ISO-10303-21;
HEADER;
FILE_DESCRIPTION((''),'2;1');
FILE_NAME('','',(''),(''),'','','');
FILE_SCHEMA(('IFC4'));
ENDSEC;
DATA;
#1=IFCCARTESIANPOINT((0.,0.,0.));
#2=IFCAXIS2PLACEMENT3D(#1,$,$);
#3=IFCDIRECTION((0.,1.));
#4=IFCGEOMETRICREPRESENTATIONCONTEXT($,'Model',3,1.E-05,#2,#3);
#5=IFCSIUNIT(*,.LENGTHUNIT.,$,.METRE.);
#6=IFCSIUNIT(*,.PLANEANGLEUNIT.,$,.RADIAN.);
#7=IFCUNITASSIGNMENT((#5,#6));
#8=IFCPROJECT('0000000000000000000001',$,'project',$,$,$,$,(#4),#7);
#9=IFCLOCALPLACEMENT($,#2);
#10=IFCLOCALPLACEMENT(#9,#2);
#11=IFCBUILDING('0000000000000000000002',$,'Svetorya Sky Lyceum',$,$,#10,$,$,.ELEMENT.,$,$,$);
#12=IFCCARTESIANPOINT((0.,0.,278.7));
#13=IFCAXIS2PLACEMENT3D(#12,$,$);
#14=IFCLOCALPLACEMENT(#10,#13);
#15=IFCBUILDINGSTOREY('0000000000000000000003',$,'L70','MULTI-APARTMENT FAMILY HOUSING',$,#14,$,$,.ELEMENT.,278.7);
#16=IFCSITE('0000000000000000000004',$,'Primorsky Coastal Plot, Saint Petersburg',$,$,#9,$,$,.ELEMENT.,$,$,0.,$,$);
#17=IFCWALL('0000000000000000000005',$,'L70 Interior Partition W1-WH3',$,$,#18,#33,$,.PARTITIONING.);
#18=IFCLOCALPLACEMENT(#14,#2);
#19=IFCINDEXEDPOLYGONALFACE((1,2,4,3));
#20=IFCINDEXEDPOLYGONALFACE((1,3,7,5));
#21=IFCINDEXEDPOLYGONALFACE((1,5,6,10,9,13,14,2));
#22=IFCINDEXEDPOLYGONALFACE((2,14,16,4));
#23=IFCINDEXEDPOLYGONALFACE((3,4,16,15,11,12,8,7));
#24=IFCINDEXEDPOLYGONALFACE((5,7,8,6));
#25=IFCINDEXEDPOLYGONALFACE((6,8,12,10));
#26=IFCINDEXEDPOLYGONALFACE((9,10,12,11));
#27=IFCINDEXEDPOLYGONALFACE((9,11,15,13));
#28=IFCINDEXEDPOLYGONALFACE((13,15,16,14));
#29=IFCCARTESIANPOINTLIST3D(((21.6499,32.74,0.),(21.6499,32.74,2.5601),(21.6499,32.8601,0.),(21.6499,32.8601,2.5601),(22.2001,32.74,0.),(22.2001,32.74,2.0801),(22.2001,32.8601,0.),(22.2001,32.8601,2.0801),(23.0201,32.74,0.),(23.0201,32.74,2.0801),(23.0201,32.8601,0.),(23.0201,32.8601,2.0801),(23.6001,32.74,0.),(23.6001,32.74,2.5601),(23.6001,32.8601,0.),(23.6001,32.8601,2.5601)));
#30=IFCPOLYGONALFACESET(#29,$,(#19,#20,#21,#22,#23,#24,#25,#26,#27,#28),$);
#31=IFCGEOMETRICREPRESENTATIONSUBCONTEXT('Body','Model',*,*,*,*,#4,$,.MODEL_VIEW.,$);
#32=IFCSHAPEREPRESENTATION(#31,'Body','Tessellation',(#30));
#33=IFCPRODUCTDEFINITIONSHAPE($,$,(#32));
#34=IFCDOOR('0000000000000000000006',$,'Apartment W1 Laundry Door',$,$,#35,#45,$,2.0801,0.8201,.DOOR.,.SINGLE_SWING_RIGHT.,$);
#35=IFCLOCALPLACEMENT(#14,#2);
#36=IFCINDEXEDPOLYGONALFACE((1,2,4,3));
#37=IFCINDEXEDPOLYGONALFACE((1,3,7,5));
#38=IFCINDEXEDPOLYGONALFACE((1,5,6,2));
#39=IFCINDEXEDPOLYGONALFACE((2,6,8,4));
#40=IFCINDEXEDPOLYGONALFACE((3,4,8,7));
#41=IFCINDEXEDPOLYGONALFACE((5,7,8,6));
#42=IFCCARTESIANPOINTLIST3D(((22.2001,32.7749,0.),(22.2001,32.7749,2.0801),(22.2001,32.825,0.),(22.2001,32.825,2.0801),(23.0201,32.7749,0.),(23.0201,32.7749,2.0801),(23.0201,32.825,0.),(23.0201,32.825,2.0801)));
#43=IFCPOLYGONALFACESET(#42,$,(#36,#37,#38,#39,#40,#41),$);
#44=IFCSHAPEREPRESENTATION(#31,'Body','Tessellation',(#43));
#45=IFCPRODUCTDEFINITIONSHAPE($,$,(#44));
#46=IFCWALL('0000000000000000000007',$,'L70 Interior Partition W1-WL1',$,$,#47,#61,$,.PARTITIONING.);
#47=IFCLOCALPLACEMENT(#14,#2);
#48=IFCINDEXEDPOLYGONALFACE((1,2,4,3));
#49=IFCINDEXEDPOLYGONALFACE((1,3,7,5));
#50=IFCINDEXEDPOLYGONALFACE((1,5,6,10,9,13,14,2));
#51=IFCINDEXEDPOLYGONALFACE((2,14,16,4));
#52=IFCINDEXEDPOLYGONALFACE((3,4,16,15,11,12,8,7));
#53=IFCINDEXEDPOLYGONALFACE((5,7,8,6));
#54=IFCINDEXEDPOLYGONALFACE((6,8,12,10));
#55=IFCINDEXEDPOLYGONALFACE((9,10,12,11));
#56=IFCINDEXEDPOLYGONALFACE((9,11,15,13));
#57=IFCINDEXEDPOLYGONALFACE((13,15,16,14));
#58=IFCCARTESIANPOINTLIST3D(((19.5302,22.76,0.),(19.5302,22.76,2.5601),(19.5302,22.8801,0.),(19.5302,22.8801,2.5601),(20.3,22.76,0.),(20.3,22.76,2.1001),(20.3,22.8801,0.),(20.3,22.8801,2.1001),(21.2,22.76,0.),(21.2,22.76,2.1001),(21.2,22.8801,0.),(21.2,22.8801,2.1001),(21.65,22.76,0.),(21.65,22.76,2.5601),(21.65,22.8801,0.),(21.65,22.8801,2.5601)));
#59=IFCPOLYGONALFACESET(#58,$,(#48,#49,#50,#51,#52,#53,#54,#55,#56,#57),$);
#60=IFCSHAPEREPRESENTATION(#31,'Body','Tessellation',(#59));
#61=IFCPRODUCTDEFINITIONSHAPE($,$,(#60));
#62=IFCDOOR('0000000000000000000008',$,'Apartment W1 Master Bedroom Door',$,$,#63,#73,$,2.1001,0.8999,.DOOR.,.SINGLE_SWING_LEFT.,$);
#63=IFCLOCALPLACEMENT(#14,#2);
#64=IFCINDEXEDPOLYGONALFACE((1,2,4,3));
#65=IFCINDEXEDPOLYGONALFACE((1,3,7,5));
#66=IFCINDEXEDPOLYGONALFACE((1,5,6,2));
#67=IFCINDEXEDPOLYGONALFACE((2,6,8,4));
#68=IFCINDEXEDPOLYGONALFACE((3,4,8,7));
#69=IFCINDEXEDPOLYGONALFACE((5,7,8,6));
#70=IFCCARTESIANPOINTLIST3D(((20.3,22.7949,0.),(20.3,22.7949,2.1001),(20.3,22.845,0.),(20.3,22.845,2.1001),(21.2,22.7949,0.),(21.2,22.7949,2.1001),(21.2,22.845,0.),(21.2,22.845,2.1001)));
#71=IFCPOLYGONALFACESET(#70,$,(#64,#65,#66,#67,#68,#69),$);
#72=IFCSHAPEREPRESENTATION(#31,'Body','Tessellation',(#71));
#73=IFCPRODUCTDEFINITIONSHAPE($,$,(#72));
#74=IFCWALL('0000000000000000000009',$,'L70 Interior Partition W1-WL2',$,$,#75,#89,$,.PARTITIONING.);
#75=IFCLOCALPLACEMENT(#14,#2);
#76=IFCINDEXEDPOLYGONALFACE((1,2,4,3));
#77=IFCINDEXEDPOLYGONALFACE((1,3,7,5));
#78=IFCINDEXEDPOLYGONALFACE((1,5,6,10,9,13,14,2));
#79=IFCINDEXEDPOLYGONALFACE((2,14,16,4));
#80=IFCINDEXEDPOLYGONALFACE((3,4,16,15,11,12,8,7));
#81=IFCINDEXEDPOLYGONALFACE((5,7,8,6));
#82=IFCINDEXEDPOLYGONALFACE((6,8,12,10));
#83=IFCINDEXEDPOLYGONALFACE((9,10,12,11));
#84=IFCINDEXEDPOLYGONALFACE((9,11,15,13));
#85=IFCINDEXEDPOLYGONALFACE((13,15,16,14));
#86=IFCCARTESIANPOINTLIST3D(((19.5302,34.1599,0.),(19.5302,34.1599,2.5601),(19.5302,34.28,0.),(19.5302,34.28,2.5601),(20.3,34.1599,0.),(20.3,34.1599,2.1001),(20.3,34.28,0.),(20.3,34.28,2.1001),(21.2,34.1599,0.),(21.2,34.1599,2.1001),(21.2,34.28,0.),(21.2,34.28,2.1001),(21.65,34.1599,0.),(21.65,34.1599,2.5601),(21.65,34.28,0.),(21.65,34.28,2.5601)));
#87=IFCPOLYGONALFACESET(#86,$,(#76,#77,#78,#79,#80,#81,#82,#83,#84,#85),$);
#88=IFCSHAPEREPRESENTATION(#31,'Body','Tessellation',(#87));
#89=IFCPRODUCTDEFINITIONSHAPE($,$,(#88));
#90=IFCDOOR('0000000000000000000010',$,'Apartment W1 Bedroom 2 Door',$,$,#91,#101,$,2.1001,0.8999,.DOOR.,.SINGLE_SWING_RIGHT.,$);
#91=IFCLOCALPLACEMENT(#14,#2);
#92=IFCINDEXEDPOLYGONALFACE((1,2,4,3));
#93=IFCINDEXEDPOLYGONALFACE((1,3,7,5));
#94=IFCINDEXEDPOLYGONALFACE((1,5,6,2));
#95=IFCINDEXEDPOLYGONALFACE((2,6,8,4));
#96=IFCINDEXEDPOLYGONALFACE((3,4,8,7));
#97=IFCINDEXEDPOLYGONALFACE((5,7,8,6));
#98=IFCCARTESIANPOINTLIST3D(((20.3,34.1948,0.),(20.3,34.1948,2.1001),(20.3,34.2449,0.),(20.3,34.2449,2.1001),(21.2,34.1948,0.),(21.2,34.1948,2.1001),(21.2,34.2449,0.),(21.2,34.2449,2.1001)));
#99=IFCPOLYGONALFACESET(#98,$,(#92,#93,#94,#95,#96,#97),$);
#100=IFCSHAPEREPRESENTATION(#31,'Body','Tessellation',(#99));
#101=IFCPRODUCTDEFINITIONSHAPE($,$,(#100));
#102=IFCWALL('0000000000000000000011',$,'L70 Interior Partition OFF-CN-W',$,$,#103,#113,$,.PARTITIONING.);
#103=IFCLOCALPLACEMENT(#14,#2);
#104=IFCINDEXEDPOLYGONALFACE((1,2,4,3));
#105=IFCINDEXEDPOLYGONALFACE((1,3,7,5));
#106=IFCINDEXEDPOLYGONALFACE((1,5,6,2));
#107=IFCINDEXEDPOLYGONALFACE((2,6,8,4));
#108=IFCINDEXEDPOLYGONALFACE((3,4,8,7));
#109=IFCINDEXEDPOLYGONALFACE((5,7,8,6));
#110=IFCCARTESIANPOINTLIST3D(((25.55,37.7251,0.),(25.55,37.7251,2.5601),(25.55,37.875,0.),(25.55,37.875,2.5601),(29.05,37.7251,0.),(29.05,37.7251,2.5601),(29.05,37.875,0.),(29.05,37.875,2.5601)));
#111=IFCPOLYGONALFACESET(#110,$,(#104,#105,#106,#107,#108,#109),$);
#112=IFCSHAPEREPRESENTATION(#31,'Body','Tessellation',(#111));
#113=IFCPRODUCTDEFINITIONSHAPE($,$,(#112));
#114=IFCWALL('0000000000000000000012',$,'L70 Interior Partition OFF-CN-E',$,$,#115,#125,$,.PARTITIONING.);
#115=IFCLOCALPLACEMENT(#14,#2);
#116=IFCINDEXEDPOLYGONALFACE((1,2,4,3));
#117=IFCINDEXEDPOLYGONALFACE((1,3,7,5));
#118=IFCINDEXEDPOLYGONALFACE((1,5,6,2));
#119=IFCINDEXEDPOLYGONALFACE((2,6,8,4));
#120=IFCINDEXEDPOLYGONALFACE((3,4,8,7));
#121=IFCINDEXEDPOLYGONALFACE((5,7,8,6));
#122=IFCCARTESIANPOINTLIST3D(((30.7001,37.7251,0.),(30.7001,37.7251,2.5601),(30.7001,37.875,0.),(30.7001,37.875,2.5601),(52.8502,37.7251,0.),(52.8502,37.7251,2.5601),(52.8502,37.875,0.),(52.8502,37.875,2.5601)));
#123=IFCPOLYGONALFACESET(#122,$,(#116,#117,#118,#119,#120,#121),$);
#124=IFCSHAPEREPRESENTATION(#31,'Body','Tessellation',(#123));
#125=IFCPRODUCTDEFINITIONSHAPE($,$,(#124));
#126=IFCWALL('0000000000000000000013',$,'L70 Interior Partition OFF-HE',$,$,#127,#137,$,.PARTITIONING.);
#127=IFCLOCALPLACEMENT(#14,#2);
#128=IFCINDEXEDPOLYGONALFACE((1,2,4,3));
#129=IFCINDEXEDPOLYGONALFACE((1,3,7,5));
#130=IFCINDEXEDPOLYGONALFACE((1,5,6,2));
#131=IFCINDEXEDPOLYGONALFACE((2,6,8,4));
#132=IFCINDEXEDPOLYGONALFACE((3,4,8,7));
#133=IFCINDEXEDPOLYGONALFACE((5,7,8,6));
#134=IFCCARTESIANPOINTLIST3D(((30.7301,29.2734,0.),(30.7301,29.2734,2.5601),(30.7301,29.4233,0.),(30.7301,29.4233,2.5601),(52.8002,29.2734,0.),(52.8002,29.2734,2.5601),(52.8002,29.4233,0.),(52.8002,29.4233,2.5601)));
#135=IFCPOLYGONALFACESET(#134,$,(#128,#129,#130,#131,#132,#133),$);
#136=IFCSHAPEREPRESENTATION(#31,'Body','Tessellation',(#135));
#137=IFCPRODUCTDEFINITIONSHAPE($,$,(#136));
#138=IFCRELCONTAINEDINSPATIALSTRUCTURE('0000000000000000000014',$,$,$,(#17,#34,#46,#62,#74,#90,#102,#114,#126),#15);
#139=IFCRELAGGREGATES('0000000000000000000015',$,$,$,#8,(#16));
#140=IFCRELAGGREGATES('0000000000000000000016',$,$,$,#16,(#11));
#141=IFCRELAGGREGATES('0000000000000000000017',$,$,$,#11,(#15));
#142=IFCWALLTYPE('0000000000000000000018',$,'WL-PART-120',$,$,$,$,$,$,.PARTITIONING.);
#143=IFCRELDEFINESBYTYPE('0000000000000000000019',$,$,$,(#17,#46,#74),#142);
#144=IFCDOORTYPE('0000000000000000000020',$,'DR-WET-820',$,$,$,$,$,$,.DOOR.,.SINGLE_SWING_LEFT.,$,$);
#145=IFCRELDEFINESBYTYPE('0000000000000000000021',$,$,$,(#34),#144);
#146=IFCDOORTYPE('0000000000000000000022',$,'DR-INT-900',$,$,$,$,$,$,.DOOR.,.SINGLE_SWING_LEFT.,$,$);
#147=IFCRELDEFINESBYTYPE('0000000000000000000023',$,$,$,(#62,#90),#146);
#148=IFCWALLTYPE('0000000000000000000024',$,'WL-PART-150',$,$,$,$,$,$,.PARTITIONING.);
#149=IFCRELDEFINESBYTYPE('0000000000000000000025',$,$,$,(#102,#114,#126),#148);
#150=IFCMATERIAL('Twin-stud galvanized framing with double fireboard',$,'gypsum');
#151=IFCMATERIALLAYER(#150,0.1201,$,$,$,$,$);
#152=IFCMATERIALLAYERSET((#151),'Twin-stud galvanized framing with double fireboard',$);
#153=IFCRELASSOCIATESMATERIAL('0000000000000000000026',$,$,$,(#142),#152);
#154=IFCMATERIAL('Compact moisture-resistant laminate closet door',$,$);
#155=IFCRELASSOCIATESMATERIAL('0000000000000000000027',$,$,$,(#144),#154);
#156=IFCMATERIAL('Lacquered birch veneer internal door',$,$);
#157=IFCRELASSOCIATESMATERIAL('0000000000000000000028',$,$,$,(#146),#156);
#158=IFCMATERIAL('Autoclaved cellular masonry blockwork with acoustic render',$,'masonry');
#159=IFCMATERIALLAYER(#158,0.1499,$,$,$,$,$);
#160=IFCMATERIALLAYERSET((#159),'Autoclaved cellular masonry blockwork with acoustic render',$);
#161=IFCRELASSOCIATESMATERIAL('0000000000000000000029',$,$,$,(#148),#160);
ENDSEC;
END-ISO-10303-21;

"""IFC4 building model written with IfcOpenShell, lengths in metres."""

from ifc_helpers import new_model, si_unit, direction, frame, frame_2d, origin, place, context, subcontext, project, spatial, rectangle, extrude, material, layer, layer_set, type_object, element, fill, save


model = new_model("IFC4")

# Units and contexts
model_context = context("Model", 3, precision=1e-05, world=origin(), true_north=direction((0.0, 1.0)))
body_context = subcontext(model_context, "Body", "Model", "MODEL_VIEW")
ifc_project = project(units=[si_unit("LENGTHUNIT", "METRE"), si_unit("PLANEANGLEUNIT", "RADIAN")], contexts=[model_context])

# Site, building, storey
site_placement = place(None, origin())
site = spatial("IfcSite", under=ifc_project, at=site_placement, Name="Primorsky Coastal Plot, Saint Petersburg", CompositionType="ELEMENT", RefElevation=0.0)
building_placement = place(site_placement, origin())
building = spatial("IfcBuilding", under=site, at=building_placement, Name="Svetorya Sky Lyceum", CompositionType="ELEMENT")
storey_placement = place(building_placement, frame((0.0, 0.0, 278.7)))
storey = spatial("IfcBuildingStorey", under=building, at=storey_placement, Name="L70", Description="MULTI-APARTMENT FAMILY HOUSING", CompositionType="ELEMENT", Elevation=278.7)

# Walls, openings, doors
ifc_material_1 = material(Name="Twin-stud galvanized framing with double fireboard", Category="gypsum")
ifc_layer_1 = layer(ifc_material_1, 0.1201)
ifc_layer_set_1 = layer_set([ifc_layer_1], Name="Twin-stud galvanized framing with double fireboard")
wall_type_1 = type_object("IfcWallType", Name="WL-PART-120", PredefinedType="PARTITIONING", material=ifc_layer_set_1)
wall_1_placement = place(storey_placement, frame((21.6499, 32.8, 0.0), z_axis=(0.0, 0.0, 1.0), x_axis=(1.0, 0.0, 0.0)))
wall_1 = element("IfcWall", 1, at=wall_1_placement, inside=storey, type_object=wall_type_1, Name="L70 Interior Partition W1-WH3", PredefinedType="PARTITIONING", context=body_context, shape_type="SweptSolid", body=[
    extrude(rectangle(XDim=1.9502, YDim=0.1201, at=frame_2d((0.9751, 0.0))), origin(), (0.0, 0.0, 1.0), 2.5601),
])
opening_1_placement = place(wall_1_placement, frame((0.55, 0.0, 0.0)))
opening_1 = element("IfcOpeningElement", 2, at=opening_1_placement, cuts=wall_1, PredefinedType="OPENING", context=body_context, shape_type="SweptSolid", body=[
    extrude(rectangle(XDim=0.8201, YDim=2.0801, at=frame_2d((0.4102, 1.04))), frame((0.0, 0.0701, 0.0), z_axis=(0.0, -1.0, 0.0), x_axis=(1.0, 0.0, 0.0)), (0.0, 0.0, 1.0), 0.1401),
])
ifc_material_2 = material(Name="Compact moisture-resistant laminate closet door")
door_type_1 = type_object("IfcDoorType", Name="DR-WET-820", OperationType="SINGLE_SWING_LEFT", PredefinedType="DOOR", material=ifc_material_2)
door_1_placement = place(opening_1_placement, origin())
door_1 = element("IfcDoor", 3, at=door_1_placement, inside=storey, type_object=door_type_1, Name="Apartment W1 Laundry Door", OperationType="SINGLE_SWING_RIGHT", OverallHeight=2.0801, OverallWidth=0.8201, PredefinedType="DOOR", context=body_context, shape_type="SweptSolid", body=[
    extrude(rectangle(XDim=0.8201, YDim=2.0801, at=frame_2d((0.4102, 1.04))), frame((0.0, 0.0249, 0.0), z_axis=(0.0, -1.0, 0.0), x_axis=(1.0, 0.0, 0.0)), (0.0, 0.0, 1.0), 0.05),
])
fill(opening_1, door_1)
wall_2_placement = place(storey_placement, frame((19.53, 22.8201, 0.0), z_axis=(0.0, 0.0, 1.0), x_axis=(1.0, 0.0, 0.0)))
wall_2 = element("IfcWall", 4, at=wall_2_placement, inside=storey, type_object=wall_type_1, Name="L70 Interior Partition W1-WL1", PredefinedType="PARTITIONING", context=body_context, shape_type="SweptSolid", body=[
    extrude(rectangle(XDim=2.1199, YDim=0.1201, at=frame_2d((1.0601, 0.0))), origin(), (0.0, 0.0, 1.0), 2.5601),
])
opening_2_placement = place(wall_2_placement, frame((0.77, 0.0, 0.0)))
opening_2 = element("IfcOpeningElement", 5, at=opening_2_placement, cuts=wall_2, PredefinedType="OPENING", context=body_context, shape_type="SweptSolid", body=[
    extrude(rectangle(XDim=0.8999, YDim=2.1001, at=frame_2d((0.45, 1.05))), frame((0.0, 0.0701, 0.0), z_axis=(0.0, -1.0, 0.0), x_axis=(1.0, 0.0, 0.0)), (0.0, 0.0, 1.0), 0.1401),
])
ifc_material_3 = material(Name="Lacquered birch veneer internal door")
door_type_2 = type_object("IfcDoorType", Name="DR-INT-900", OperationType="SINGLE_SWING_LEFT", PredefinedType="DOOR", material=ifc_material_3)
door_2_placement = place(opening_2_placement, origin())
door_2 = element("IfcDoor", 6, at=door_2_placement, inside=storey, type_object=door_type_2, Name="Apartment W1 Master Bedroom Door", OperationType="SINGLE_SWING_LEFT", OverallHeight=2.1001, OverallWidth=0.8999, PredefinedType="DOOR", context=body_context, shape_type="SweptSolid", body=[
    extrude(rectangle(XDim=0.8999, YDim=2.1001, at=frame_2d((0.45, 1.05))), frame((0.0, 0.0249, 0.0), z_axis=(0.0, -1.0, 0.0), x_axis=(1.0, 0.0, 0.0)), (0.0, 0.0, 1.0), 0.05),
])
fill(opening_2, door_2)
wall_3_placement = place(storey_placement, frame((19.53, 34.22, 0.0), z_axis=(0.0, 0.0, 1.0), x_axis=(1.0, 0.0, 0.0)))
wall_3 = element("IfcWall", 7, at=wall_3_placement, inside=storey, type_object=wall_type_1, Name="L70 Interior Partition W1-WL2", PredefinedType="PARTITIONING", context=body_context, shape_type="SweptSolid", body=[
    extrude(rectangle(XDim=2.1199, YDim=0.1201, at=frame_2d((1.0601, 0.0))), origin(), (0.0, 0.0, 1.0), 2.5601),
])
opening_3_placement = place(wall_3_placement, frame((0.77, 0.0, 0.0)))
opening_3 = element("IfcOpeningElement", 8, at=opening_3_placement, cuts=wall_3, PredefinedType="OPENING", context=body_context, shape_type="SweptSolid", body=[
    extrude(rectangle(XDim=0.8999, YDim=2.1001, at=frame_2d((0.45, 1.05))), frame((0.0, 0.0701, 0.0), z_axis=(0.0, -1.0, 0.0), x_axis=(1.0, 0.0, 0.0)), (0.0, 0.0, 1.0), 0.1401),
])
door_3_placement = place(opening_3_placement, origin())
door_3 = element("IfcDoor", 9, at=door_3_placement, inside=storey, type_object=door_type_2, Name="Apartment W1 Bedroom 2 Door", OperationType="SINGLE_SWING_RIGHT", OverallHeight=2.1001, OverallWidth=0.8999, PredefinedType="DOOR", context=body_context, shape_type="SweptSolid", body=[
    extrude(rectangle(XDim=0.8999, YDim=2.1001, at=frame_2d((0.45, 1.05))), frame((0.0, 0.0249, 0.0), z_axis=(0.0, -1.0, 0.0), x_axis=(1.0, 0.0, 0.0)), (0.0, 0.0, 1.0), 0.05),
])
fill(opening_3, door_3)

# Walls
ifc_material_4 = material(Name="Autoclaved cellular masonry blockwork with acoustic render", Category="masonry")
ifc_layer_2 = layer(ifc_material_4, 0.1499)
ifc_layer_set_2 = layer_set([ifc_layer_2], Name="Autoclaved cellular masonry blockwork with acoustic render")
wall_type_2 = type_object("IfcWallType", Name="WL-PART-150", PredefinedType="PARTITIONING", material=ifc_layer_set_2)
wall_4_placement = place(storey_placement, frame((25.55, 37.8, 0.0), z_axis=(0.0, 0.0, 1.0), x_axis=(1.0, 0.0, 0.0)))
element("IfcWall", 10, at=wall_4_placement, inside=storey, type_object=wall_type_2, Name="L70 Interior Partition OFF-CN-W", PredefinedType="PARTITIONING", context=body_context, shape_type="SweptSolid", body=[
    extrude(rectangle(XDim=3.5, YDim=0.1499, at=frame_2d((1.75, 0.0))), origin(), (0.0, 0.0, 1.0), 2.5601),
])
wall_5_placement = place(storey_placement, frame((30.7, 37.8, 0.0), z_axis=(0.0, 0.0, 1.0), x_axis=(1.0, 0.0, 0.0)))
element("IfcWall", 11, at=wall_5_placement, inside=storey, type_object=wall_type_2, Name="L70 Interior Partition OFF-CN-E", PredefinedType="PARTITIONING", context=body_context, shape_type="SweptSolid", body=[
    extrude(rectangle(XDim=22.1501, YDim=0.1499, at=frame_2d((11.0752, 0.0))), origin(), (0.0, 0.0, 1.0), 2.5601),
])
wall_6_placement = place(storey_placement, frame((30.73, 29.3484, 0.0), z_axis=(0.0, 0.0, 1.0), x_axis=(1.0, 0.0, 0.0)))
element("IfcWall", 12, at=wall_6_placement, inside=storey, type_object=wall_type_2, Name="L70 Interior Partition OFF-HE", PredefinedType="PARTITIONING", context=body_context, shape_type="SweptSolid", body=[
    extrude(rectangle(XDim=22.0701, YDim=0.1499, at=frame_2d((11.0352, 0.0))), origin(), (0.0, 0.0, 1.0), 2.5601),
])

save(model, "model.ifc")
